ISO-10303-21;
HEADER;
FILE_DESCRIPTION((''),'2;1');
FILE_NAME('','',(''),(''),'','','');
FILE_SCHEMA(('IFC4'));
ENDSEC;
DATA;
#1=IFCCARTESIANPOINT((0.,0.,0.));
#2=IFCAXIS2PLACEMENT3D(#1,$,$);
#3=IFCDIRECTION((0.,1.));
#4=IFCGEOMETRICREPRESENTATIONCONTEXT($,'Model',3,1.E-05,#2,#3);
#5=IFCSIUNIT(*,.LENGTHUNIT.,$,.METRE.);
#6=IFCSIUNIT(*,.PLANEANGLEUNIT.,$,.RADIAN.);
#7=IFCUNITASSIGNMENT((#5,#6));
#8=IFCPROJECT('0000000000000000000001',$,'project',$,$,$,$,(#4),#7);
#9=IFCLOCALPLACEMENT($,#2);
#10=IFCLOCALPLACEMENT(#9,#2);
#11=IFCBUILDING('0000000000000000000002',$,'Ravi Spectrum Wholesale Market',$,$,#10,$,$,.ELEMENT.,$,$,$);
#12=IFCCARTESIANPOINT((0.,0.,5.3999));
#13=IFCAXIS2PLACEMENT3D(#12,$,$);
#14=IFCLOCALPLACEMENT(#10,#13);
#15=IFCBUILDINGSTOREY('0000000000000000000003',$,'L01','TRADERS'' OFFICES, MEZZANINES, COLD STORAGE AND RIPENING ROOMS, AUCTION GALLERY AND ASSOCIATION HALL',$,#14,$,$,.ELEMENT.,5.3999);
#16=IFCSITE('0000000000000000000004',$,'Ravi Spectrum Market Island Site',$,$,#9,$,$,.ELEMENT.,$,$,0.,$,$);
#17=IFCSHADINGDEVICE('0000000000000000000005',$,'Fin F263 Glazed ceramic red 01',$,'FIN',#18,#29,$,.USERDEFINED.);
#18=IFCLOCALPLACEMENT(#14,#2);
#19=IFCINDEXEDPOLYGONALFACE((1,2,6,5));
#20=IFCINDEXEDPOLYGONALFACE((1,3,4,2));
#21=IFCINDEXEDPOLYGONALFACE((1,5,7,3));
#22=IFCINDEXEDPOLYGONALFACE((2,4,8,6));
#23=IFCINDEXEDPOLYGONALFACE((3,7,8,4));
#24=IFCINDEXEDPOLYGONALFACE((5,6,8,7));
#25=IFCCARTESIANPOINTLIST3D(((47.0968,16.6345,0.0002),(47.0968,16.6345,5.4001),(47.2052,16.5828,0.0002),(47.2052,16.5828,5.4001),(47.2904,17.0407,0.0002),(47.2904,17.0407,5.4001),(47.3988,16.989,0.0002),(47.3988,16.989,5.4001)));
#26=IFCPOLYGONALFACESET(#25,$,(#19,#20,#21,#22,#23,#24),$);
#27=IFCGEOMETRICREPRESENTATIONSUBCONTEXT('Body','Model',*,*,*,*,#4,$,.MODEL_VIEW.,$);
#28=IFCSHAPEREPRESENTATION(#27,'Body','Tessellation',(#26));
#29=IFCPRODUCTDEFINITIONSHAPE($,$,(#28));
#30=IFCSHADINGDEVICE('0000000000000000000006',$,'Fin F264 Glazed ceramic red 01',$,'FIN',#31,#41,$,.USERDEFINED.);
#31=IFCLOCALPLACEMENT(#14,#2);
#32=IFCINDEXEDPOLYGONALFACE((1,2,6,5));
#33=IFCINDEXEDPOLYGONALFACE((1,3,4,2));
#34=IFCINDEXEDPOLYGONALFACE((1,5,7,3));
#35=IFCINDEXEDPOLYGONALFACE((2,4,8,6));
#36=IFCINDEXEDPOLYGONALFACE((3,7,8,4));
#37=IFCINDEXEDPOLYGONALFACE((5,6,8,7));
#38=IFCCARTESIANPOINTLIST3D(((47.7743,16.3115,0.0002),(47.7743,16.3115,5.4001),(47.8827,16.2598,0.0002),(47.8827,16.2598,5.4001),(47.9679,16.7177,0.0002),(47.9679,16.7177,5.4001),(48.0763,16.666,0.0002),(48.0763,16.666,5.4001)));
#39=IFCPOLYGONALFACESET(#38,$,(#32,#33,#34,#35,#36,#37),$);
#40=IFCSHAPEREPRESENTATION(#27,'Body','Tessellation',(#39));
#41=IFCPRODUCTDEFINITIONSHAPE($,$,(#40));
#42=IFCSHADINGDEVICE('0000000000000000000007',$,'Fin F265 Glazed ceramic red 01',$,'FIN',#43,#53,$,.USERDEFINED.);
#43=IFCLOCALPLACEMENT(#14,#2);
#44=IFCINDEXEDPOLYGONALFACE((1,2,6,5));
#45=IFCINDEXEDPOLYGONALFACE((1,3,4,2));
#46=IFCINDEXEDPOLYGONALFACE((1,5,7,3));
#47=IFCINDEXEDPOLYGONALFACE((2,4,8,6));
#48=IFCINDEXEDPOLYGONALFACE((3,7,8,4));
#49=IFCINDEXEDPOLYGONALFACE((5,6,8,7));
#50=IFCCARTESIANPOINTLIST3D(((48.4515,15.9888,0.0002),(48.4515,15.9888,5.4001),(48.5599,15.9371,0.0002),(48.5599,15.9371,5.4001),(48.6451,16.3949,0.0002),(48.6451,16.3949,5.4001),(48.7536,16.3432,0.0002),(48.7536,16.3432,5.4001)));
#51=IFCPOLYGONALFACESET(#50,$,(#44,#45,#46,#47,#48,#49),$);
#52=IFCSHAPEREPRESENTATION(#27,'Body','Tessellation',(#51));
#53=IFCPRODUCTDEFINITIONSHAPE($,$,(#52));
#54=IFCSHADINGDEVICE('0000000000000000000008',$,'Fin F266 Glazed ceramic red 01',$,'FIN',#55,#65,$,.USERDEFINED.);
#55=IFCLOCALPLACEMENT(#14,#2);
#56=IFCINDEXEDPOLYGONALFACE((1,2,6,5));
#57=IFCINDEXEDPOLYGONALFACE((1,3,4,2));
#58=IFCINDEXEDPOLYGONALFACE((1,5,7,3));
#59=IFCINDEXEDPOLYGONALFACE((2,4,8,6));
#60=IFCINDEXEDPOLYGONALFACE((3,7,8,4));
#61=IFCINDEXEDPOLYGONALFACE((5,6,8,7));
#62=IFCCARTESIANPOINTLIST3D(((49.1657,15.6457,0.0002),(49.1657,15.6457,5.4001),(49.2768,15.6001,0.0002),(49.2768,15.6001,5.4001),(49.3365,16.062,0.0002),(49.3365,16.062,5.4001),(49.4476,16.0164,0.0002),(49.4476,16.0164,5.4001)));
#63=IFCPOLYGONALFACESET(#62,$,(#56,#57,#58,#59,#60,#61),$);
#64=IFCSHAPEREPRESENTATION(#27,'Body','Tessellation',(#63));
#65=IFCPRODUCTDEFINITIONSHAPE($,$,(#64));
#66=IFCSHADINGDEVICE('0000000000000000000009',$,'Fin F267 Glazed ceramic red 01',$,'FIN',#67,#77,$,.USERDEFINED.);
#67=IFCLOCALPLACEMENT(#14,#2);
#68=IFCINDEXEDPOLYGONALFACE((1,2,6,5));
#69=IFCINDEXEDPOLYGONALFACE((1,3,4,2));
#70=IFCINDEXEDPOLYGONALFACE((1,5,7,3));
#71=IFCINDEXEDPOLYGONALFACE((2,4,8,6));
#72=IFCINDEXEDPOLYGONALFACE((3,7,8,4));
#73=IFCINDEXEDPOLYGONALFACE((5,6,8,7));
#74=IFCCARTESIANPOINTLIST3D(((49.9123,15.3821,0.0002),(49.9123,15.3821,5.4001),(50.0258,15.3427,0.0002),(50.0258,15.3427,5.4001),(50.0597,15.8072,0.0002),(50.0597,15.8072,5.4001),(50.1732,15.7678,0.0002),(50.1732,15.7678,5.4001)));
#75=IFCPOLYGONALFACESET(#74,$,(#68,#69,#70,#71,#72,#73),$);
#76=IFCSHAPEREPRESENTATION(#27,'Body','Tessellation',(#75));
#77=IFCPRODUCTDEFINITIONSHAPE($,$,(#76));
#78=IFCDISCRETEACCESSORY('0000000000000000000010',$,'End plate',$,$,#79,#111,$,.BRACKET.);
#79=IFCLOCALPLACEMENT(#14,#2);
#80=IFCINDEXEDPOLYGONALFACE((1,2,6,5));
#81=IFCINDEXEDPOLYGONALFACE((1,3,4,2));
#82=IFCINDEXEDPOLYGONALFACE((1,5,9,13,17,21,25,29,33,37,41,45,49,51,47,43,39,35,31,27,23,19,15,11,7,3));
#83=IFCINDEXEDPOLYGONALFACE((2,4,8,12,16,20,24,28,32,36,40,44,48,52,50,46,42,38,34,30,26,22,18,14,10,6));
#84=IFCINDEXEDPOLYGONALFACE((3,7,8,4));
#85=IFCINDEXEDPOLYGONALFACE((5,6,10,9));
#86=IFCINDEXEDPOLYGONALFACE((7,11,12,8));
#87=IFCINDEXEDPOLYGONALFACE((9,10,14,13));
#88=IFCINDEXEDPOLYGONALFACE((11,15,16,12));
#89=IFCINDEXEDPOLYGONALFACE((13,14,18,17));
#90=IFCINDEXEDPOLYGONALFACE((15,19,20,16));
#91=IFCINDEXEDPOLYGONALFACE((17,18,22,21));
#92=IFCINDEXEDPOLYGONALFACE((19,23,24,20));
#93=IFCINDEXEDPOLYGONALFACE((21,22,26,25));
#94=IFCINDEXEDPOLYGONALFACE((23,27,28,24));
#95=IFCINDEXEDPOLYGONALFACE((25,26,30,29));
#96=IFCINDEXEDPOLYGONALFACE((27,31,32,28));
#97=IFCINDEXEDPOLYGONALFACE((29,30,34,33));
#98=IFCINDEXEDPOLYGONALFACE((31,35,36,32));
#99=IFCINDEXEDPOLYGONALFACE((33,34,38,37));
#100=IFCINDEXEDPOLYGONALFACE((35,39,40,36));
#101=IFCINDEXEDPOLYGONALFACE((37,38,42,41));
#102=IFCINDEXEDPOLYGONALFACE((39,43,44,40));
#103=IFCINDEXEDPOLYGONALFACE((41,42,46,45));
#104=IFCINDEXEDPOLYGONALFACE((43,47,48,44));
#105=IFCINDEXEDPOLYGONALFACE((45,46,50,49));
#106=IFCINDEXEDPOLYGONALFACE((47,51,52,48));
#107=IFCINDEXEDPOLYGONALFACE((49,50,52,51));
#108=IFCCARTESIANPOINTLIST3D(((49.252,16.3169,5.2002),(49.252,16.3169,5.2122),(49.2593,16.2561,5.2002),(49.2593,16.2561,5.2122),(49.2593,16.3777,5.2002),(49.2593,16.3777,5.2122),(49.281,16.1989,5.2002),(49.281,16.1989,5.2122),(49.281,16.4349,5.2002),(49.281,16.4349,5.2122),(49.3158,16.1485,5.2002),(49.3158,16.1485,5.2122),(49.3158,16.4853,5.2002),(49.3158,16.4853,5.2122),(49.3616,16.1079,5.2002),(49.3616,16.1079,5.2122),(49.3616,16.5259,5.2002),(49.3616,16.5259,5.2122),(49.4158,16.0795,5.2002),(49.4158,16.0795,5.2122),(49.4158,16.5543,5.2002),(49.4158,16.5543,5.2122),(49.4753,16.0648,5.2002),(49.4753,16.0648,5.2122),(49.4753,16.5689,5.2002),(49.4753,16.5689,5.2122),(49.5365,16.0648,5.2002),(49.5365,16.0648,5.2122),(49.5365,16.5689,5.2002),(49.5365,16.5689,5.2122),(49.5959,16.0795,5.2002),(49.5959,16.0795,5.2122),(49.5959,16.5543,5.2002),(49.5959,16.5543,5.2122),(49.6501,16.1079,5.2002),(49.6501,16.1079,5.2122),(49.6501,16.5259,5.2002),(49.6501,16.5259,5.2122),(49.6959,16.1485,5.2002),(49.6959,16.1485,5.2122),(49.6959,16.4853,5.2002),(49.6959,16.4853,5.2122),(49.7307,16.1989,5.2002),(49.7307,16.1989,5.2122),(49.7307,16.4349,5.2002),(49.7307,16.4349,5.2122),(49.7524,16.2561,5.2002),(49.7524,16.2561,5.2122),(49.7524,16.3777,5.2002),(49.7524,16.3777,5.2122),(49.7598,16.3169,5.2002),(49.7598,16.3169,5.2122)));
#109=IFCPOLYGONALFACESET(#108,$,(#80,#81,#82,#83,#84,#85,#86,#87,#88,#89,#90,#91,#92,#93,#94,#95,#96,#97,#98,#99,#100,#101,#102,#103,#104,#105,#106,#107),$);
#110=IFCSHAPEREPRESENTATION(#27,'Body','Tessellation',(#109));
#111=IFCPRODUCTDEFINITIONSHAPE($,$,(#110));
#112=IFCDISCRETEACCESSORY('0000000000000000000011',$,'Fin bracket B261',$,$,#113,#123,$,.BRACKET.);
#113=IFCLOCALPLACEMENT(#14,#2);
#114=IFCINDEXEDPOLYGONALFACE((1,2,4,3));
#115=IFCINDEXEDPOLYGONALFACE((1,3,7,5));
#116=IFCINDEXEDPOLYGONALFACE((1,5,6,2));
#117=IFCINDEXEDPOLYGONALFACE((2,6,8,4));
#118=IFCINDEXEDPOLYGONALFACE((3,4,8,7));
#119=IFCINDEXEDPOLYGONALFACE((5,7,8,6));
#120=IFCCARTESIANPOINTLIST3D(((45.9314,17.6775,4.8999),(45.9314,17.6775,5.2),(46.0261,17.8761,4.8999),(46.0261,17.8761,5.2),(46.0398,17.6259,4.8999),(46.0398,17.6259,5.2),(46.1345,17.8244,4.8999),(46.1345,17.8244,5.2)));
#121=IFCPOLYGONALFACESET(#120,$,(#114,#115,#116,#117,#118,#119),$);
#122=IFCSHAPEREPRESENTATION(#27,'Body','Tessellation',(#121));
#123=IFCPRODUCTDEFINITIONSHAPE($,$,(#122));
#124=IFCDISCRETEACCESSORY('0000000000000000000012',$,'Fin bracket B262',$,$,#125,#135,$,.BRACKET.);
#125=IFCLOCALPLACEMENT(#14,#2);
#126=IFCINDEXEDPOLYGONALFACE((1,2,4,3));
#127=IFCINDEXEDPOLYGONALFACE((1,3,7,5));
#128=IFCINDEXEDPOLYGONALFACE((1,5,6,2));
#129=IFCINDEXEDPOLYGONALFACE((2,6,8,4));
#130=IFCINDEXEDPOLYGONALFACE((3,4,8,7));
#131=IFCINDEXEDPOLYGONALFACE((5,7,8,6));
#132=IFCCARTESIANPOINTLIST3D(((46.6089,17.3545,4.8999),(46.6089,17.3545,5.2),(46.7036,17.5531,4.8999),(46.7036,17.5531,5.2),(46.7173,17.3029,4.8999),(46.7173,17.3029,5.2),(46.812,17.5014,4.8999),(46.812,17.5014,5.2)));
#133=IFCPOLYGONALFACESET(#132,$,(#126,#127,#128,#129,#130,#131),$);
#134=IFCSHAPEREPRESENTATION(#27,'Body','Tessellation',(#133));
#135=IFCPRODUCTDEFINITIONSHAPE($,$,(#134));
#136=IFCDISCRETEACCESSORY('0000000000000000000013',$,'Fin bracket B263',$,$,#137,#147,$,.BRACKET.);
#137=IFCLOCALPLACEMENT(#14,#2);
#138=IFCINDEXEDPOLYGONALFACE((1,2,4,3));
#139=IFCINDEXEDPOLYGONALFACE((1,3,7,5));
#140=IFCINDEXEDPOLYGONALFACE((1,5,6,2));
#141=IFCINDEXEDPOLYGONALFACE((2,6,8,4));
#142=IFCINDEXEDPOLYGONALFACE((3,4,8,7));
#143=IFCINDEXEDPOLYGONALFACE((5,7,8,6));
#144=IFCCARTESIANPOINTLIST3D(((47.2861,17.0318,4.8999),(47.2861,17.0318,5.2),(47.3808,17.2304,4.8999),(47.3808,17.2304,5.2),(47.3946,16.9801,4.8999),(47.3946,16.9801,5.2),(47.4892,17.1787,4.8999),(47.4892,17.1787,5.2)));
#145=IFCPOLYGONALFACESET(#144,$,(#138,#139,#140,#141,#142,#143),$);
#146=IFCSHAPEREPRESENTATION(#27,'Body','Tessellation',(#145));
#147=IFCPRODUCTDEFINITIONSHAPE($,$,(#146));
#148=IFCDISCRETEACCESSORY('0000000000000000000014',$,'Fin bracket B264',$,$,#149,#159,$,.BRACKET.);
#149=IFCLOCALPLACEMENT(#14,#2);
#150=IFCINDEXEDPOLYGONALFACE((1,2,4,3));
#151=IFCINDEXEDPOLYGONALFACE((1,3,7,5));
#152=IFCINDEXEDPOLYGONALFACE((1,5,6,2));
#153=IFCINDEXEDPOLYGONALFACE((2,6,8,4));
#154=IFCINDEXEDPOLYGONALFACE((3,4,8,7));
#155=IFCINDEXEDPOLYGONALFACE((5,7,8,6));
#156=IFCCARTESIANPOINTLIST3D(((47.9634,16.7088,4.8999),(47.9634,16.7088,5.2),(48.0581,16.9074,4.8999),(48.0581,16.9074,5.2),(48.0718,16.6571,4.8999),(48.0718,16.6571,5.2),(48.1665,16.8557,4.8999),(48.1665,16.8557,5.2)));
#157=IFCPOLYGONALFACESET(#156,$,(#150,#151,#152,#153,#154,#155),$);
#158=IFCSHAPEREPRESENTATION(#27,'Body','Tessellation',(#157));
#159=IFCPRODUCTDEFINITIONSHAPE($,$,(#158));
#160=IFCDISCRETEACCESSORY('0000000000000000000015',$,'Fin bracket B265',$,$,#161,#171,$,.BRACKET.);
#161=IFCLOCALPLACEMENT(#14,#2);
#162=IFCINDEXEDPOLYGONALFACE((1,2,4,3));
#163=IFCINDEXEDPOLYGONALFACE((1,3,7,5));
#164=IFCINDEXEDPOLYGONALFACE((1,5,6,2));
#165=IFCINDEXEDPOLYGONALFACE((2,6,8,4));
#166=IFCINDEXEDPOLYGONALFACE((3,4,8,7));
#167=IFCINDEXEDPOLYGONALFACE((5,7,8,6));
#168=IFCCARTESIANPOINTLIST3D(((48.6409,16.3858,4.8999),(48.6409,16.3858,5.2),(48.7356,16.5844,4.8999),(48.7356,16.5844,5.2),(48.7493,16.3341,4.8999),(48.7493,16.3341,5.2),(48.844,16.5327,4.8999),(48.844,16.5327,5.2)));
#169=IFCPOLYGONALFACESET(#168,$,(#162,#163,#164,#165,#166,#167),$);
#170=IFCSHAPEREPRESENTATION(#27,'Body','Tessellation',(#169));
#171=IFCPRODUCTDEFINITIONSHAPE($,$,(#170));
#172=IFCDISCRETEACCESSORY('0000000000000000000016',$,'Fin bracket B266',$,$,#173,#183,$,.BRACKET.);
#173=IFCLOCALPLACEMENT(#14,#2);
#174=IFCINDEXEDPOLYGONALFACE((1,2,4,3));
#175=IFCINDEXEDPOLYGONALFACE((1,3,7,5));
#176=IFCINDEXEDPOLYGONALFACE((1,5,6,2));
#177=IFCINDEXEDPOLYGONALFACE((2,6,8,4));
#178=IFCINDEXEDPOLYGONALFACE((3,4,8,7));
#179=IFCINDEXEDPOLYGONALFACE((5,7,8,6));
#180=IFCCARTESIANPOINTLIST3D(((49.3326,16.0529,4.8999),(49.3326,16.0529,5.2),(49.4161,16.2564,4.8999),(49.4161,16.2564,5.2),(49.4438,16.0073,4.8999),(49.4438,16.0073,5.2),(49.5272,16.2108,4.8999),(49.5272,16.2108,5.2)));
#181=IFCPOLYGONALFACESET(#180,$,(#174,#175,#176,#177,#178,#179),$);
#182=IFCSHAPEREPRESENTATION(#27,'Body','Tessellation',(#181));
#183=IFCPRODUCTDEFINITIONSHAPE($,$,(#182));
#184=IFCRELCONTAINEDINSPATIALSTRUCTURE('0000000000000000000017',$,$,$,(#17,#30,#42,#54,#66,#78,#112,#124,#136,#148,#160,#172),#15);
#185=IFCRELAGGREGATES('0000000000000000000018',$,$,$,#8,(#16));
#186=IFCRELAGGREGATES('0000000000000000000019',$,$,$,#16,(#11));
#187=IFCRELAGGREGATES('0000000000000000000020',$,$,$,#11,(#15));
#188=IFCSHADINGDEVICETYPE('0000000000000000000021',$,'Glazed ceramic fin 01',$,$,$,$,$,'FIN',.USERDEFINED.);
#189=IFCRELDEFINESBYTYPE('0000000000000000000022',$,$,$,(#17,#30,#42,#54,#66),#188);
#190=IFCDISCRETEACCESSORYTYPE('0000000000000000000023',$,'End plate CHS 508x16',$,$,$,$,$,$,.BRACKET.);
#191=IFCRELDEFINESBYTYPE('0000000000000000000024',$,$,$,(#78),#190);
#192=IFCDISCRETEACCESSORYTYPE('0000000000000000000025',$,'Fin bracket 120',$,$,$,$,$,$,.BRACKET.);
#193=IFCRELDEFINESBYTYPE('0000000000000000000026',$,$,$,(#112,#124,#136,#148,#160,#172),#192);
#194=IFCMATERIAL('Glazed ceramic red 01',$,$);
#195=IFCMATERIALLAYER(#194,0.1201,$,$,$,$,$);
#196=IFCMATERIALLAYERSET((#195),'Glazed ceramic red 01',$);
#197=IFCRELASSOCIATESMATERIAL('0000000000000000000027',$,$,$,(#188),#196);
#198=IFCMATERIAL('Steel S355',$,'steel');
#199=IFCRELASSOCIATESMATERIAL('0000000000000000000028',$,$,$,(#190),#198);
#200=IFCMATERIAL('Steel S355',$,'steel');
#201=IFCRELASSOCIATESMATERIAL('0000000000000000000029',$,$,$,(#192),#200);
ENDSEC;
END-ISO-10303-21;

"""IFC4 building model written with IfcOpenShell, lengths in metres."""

from ifc_helpers import new_model, si_unit, direction, frame, origin, origin_2d, place, context, subcontext, project, spatial, rectangle, circle, extrude, material, layer, layer_set, material_profile, profile_set, type_object, element, save


model = new_model("IFC4")

# Units and contexts
model_context = context("Model", 3, precision=1e-05, world=origin(), true_north=direction((0.0, 1.0)))
body_context = subcontext(model_context, "Body", "Model", "MODEL_VIEW")
ifc_project = project(units=[si_unit("LENGTHUNIT", "METRE"), si_unit("PLANEANGLEUNIT", "RADIAN")], contexts=[model_context])

# Site, building, storey
site_placement = place(None, origin())
site = spatial("IfcSite", under=ifc_project, at=site_placement, Name="Ravi Spectrum Market Island Site", CompositionType="ELEMENT", RefElevation=0.0)
building_placement = place(site_placement, origin())
building = spatial("IfcBuilding", under=site, at=building_placement, Name="Ravi Spectrum Wholesale Market", CompositionType="ELEMENT")
storey_placement = place(building_placement, frame((0.0, 0.0, 5.3999)))
storey = spatial("IfcBuildingStorey", under=building, at=storey_placement, Name="L01", Description="TRADERS' OFFICES, MEZZANINES, COLD STORAGE AND RIPENING ROOMS, AUCTION GALLERY AND ASSOCIATION HALL", CompositionType="ELEMENT", Elevation=5.3999)

# Shading devices
ifc_material_1 = material(Name="Glazed ceramic red 01")
ifc_layer_1 = layer(ifc_material_1, 0.1201)
ifc_layer_set_1 = layer_set([ifc_layer_1], Name="Glazed ceramic red 01")
shading_device_type = type_object("IfcShadingDeviceType", Name="Glazed ceramic fin 01", ElementType="FIN", PredefinedType="USERDEFINED", material=ifc_layer_set_1)
for number, where, z_axis, x_axis, name in (
    (1, (47.2478, 16.8118, 0.0002), (0.0, 0.0, 1.0), (0.902657, -0.43036, 0.0), "Fin F263 Glazed ceramic red 01"),
    (2, (47.9253, 16.4888, 0.0002), (0.0, 0.0, 1.0), (0.902657, -0.43036, 0.0), "Fin F264 Glazed ceramic red 01"),
    (3, (48.6025, 16.166, 0.0002), (0.0, 0.0, 1.0), (0.902657, -0.43036, 0.0), "Fin F265 Glazed ceramic red 01"),
    (4, (49.3066, 15.8311, 0.0002), (0.0, 0.0, 1.0), (0.925182, -0.379523, 0.0), "Fin F266 Glazed ceramic red 01"),
    (5, (50.0427, 15.575, 0.0002), (0.0, 0.0, 1.0), (0.944847, -0.327512, 0.0), "Fin F267 Glazed ceramic red 01"),
):
    element("IfcShadingDevice", number, at=place(storey_placement, frame(where, z_axis=z_axis, x_axis=x_axis)), inside=storey, type_object=shading_device_type, Name=name, ObjectType="FIN", PredefinedType="USERDEFINED", context=body_context, shape_type="SweptSolid", body=[
        extrude(rectangle(XDim=0.1201, YDim=0.45, at=origin_2d()), origin(), (0.0, 0.0, 1.0), 5.3999),
    ])

# Discrete accessories
ifc_material_2 = material(Name="Steel S355", Category="steel")
ifc_material_profile_1 = material_profile(ifc_material_2, circle(Radius=0.2539, at=origin_2d()))
ifc_profile_set_1 = profile_set([ifc_material_profile_1], Name="Steel S355")
discrete_accessory_type_1 = type_object("IfcDiscreteAccessoryType", Name="End plate CHS 508x16", PredefinedType="BRACKET", material=ifc_profile_set_1)
discrete_accessory_placement = place(storey_placement, frame((49.5059, 16.3169, 5.2002), z_axis=(0.0, 0.0, 1.0), x_axis=(1.0, 0.0, 0.0)))
element("IfcDiscreteAccessory", 6, at=discrete_accessory_placement, inside=storey, type_object=discrete_accessory_type_1, Name="End plate", PredefinedType="BRACKET", context=body_context, shape_type="SweptSolid", body=[
    extrude(circle(Radius=0.2539, at=origin_2d()), origin(), (0.0, 0.0, 1.0), 0.012),
])
ifc_material_3 = material(Name="Steel S355", Category="steel")
discrete_accessory_type_2 = type_object("IfcDiscreteAccessoryType", Name="Fin bracket 120", PredefinedType="BRACKET", material=ifc_material_3)
for number, where, z_axis, x_axis, name in (
    (7, (46.033, 17.751, 4.8999), (0.0, 0.0, 1.0), (0.902657, -0.43036, 0.0), "Fin bracket B261"),
    (8, (46.7104, 17.428, 4.8999), (0.0, 0.0, 1.0), (0.902657, -0.43036, 0.0), "Fin bracket B262"),
    (9, (47.3877, 17.1052, 4.8999), (0.0, 0.0, 1.0), (0.902657, -0.43036, 0.0), "Fin bracket B263"),
    (10, (48.0649, 16.7822, 4.8999), (0.0, 0.0, 1.0), (0.902657, -0.43036, 0.0), "Fin bracket B264"),
    (11, (48.7424, 16.4592, 4.8999), (0.0, 0.0, 1.0), (0.902657, -0.43036, 0.0), "Fin bracket B265"),
    (12, (49.4299, 16.1318, 4.8999), (0.0, 0.0, 1.0), (0.925182, -0.379523, 0.0), "Fin bracket B266"),
):
    element("IfcDiscreteAccessory", number, at=place(storey_placement, frame(where, z_axis=z_axis, x_axis=x_axis)), inside=storey, type_object=discrete_accessory_type_2, Name=name, PredefinedType="BRACKET", context=body_context, shape_type="SweptSolid", body=[
        extrude(rectangle(XDim=0.1201, YDim=0.22, at=origin_2d()), origin(), (0.0, 0.0, 1.0), 0.3),
    ])

save(model, "model.ifc")
